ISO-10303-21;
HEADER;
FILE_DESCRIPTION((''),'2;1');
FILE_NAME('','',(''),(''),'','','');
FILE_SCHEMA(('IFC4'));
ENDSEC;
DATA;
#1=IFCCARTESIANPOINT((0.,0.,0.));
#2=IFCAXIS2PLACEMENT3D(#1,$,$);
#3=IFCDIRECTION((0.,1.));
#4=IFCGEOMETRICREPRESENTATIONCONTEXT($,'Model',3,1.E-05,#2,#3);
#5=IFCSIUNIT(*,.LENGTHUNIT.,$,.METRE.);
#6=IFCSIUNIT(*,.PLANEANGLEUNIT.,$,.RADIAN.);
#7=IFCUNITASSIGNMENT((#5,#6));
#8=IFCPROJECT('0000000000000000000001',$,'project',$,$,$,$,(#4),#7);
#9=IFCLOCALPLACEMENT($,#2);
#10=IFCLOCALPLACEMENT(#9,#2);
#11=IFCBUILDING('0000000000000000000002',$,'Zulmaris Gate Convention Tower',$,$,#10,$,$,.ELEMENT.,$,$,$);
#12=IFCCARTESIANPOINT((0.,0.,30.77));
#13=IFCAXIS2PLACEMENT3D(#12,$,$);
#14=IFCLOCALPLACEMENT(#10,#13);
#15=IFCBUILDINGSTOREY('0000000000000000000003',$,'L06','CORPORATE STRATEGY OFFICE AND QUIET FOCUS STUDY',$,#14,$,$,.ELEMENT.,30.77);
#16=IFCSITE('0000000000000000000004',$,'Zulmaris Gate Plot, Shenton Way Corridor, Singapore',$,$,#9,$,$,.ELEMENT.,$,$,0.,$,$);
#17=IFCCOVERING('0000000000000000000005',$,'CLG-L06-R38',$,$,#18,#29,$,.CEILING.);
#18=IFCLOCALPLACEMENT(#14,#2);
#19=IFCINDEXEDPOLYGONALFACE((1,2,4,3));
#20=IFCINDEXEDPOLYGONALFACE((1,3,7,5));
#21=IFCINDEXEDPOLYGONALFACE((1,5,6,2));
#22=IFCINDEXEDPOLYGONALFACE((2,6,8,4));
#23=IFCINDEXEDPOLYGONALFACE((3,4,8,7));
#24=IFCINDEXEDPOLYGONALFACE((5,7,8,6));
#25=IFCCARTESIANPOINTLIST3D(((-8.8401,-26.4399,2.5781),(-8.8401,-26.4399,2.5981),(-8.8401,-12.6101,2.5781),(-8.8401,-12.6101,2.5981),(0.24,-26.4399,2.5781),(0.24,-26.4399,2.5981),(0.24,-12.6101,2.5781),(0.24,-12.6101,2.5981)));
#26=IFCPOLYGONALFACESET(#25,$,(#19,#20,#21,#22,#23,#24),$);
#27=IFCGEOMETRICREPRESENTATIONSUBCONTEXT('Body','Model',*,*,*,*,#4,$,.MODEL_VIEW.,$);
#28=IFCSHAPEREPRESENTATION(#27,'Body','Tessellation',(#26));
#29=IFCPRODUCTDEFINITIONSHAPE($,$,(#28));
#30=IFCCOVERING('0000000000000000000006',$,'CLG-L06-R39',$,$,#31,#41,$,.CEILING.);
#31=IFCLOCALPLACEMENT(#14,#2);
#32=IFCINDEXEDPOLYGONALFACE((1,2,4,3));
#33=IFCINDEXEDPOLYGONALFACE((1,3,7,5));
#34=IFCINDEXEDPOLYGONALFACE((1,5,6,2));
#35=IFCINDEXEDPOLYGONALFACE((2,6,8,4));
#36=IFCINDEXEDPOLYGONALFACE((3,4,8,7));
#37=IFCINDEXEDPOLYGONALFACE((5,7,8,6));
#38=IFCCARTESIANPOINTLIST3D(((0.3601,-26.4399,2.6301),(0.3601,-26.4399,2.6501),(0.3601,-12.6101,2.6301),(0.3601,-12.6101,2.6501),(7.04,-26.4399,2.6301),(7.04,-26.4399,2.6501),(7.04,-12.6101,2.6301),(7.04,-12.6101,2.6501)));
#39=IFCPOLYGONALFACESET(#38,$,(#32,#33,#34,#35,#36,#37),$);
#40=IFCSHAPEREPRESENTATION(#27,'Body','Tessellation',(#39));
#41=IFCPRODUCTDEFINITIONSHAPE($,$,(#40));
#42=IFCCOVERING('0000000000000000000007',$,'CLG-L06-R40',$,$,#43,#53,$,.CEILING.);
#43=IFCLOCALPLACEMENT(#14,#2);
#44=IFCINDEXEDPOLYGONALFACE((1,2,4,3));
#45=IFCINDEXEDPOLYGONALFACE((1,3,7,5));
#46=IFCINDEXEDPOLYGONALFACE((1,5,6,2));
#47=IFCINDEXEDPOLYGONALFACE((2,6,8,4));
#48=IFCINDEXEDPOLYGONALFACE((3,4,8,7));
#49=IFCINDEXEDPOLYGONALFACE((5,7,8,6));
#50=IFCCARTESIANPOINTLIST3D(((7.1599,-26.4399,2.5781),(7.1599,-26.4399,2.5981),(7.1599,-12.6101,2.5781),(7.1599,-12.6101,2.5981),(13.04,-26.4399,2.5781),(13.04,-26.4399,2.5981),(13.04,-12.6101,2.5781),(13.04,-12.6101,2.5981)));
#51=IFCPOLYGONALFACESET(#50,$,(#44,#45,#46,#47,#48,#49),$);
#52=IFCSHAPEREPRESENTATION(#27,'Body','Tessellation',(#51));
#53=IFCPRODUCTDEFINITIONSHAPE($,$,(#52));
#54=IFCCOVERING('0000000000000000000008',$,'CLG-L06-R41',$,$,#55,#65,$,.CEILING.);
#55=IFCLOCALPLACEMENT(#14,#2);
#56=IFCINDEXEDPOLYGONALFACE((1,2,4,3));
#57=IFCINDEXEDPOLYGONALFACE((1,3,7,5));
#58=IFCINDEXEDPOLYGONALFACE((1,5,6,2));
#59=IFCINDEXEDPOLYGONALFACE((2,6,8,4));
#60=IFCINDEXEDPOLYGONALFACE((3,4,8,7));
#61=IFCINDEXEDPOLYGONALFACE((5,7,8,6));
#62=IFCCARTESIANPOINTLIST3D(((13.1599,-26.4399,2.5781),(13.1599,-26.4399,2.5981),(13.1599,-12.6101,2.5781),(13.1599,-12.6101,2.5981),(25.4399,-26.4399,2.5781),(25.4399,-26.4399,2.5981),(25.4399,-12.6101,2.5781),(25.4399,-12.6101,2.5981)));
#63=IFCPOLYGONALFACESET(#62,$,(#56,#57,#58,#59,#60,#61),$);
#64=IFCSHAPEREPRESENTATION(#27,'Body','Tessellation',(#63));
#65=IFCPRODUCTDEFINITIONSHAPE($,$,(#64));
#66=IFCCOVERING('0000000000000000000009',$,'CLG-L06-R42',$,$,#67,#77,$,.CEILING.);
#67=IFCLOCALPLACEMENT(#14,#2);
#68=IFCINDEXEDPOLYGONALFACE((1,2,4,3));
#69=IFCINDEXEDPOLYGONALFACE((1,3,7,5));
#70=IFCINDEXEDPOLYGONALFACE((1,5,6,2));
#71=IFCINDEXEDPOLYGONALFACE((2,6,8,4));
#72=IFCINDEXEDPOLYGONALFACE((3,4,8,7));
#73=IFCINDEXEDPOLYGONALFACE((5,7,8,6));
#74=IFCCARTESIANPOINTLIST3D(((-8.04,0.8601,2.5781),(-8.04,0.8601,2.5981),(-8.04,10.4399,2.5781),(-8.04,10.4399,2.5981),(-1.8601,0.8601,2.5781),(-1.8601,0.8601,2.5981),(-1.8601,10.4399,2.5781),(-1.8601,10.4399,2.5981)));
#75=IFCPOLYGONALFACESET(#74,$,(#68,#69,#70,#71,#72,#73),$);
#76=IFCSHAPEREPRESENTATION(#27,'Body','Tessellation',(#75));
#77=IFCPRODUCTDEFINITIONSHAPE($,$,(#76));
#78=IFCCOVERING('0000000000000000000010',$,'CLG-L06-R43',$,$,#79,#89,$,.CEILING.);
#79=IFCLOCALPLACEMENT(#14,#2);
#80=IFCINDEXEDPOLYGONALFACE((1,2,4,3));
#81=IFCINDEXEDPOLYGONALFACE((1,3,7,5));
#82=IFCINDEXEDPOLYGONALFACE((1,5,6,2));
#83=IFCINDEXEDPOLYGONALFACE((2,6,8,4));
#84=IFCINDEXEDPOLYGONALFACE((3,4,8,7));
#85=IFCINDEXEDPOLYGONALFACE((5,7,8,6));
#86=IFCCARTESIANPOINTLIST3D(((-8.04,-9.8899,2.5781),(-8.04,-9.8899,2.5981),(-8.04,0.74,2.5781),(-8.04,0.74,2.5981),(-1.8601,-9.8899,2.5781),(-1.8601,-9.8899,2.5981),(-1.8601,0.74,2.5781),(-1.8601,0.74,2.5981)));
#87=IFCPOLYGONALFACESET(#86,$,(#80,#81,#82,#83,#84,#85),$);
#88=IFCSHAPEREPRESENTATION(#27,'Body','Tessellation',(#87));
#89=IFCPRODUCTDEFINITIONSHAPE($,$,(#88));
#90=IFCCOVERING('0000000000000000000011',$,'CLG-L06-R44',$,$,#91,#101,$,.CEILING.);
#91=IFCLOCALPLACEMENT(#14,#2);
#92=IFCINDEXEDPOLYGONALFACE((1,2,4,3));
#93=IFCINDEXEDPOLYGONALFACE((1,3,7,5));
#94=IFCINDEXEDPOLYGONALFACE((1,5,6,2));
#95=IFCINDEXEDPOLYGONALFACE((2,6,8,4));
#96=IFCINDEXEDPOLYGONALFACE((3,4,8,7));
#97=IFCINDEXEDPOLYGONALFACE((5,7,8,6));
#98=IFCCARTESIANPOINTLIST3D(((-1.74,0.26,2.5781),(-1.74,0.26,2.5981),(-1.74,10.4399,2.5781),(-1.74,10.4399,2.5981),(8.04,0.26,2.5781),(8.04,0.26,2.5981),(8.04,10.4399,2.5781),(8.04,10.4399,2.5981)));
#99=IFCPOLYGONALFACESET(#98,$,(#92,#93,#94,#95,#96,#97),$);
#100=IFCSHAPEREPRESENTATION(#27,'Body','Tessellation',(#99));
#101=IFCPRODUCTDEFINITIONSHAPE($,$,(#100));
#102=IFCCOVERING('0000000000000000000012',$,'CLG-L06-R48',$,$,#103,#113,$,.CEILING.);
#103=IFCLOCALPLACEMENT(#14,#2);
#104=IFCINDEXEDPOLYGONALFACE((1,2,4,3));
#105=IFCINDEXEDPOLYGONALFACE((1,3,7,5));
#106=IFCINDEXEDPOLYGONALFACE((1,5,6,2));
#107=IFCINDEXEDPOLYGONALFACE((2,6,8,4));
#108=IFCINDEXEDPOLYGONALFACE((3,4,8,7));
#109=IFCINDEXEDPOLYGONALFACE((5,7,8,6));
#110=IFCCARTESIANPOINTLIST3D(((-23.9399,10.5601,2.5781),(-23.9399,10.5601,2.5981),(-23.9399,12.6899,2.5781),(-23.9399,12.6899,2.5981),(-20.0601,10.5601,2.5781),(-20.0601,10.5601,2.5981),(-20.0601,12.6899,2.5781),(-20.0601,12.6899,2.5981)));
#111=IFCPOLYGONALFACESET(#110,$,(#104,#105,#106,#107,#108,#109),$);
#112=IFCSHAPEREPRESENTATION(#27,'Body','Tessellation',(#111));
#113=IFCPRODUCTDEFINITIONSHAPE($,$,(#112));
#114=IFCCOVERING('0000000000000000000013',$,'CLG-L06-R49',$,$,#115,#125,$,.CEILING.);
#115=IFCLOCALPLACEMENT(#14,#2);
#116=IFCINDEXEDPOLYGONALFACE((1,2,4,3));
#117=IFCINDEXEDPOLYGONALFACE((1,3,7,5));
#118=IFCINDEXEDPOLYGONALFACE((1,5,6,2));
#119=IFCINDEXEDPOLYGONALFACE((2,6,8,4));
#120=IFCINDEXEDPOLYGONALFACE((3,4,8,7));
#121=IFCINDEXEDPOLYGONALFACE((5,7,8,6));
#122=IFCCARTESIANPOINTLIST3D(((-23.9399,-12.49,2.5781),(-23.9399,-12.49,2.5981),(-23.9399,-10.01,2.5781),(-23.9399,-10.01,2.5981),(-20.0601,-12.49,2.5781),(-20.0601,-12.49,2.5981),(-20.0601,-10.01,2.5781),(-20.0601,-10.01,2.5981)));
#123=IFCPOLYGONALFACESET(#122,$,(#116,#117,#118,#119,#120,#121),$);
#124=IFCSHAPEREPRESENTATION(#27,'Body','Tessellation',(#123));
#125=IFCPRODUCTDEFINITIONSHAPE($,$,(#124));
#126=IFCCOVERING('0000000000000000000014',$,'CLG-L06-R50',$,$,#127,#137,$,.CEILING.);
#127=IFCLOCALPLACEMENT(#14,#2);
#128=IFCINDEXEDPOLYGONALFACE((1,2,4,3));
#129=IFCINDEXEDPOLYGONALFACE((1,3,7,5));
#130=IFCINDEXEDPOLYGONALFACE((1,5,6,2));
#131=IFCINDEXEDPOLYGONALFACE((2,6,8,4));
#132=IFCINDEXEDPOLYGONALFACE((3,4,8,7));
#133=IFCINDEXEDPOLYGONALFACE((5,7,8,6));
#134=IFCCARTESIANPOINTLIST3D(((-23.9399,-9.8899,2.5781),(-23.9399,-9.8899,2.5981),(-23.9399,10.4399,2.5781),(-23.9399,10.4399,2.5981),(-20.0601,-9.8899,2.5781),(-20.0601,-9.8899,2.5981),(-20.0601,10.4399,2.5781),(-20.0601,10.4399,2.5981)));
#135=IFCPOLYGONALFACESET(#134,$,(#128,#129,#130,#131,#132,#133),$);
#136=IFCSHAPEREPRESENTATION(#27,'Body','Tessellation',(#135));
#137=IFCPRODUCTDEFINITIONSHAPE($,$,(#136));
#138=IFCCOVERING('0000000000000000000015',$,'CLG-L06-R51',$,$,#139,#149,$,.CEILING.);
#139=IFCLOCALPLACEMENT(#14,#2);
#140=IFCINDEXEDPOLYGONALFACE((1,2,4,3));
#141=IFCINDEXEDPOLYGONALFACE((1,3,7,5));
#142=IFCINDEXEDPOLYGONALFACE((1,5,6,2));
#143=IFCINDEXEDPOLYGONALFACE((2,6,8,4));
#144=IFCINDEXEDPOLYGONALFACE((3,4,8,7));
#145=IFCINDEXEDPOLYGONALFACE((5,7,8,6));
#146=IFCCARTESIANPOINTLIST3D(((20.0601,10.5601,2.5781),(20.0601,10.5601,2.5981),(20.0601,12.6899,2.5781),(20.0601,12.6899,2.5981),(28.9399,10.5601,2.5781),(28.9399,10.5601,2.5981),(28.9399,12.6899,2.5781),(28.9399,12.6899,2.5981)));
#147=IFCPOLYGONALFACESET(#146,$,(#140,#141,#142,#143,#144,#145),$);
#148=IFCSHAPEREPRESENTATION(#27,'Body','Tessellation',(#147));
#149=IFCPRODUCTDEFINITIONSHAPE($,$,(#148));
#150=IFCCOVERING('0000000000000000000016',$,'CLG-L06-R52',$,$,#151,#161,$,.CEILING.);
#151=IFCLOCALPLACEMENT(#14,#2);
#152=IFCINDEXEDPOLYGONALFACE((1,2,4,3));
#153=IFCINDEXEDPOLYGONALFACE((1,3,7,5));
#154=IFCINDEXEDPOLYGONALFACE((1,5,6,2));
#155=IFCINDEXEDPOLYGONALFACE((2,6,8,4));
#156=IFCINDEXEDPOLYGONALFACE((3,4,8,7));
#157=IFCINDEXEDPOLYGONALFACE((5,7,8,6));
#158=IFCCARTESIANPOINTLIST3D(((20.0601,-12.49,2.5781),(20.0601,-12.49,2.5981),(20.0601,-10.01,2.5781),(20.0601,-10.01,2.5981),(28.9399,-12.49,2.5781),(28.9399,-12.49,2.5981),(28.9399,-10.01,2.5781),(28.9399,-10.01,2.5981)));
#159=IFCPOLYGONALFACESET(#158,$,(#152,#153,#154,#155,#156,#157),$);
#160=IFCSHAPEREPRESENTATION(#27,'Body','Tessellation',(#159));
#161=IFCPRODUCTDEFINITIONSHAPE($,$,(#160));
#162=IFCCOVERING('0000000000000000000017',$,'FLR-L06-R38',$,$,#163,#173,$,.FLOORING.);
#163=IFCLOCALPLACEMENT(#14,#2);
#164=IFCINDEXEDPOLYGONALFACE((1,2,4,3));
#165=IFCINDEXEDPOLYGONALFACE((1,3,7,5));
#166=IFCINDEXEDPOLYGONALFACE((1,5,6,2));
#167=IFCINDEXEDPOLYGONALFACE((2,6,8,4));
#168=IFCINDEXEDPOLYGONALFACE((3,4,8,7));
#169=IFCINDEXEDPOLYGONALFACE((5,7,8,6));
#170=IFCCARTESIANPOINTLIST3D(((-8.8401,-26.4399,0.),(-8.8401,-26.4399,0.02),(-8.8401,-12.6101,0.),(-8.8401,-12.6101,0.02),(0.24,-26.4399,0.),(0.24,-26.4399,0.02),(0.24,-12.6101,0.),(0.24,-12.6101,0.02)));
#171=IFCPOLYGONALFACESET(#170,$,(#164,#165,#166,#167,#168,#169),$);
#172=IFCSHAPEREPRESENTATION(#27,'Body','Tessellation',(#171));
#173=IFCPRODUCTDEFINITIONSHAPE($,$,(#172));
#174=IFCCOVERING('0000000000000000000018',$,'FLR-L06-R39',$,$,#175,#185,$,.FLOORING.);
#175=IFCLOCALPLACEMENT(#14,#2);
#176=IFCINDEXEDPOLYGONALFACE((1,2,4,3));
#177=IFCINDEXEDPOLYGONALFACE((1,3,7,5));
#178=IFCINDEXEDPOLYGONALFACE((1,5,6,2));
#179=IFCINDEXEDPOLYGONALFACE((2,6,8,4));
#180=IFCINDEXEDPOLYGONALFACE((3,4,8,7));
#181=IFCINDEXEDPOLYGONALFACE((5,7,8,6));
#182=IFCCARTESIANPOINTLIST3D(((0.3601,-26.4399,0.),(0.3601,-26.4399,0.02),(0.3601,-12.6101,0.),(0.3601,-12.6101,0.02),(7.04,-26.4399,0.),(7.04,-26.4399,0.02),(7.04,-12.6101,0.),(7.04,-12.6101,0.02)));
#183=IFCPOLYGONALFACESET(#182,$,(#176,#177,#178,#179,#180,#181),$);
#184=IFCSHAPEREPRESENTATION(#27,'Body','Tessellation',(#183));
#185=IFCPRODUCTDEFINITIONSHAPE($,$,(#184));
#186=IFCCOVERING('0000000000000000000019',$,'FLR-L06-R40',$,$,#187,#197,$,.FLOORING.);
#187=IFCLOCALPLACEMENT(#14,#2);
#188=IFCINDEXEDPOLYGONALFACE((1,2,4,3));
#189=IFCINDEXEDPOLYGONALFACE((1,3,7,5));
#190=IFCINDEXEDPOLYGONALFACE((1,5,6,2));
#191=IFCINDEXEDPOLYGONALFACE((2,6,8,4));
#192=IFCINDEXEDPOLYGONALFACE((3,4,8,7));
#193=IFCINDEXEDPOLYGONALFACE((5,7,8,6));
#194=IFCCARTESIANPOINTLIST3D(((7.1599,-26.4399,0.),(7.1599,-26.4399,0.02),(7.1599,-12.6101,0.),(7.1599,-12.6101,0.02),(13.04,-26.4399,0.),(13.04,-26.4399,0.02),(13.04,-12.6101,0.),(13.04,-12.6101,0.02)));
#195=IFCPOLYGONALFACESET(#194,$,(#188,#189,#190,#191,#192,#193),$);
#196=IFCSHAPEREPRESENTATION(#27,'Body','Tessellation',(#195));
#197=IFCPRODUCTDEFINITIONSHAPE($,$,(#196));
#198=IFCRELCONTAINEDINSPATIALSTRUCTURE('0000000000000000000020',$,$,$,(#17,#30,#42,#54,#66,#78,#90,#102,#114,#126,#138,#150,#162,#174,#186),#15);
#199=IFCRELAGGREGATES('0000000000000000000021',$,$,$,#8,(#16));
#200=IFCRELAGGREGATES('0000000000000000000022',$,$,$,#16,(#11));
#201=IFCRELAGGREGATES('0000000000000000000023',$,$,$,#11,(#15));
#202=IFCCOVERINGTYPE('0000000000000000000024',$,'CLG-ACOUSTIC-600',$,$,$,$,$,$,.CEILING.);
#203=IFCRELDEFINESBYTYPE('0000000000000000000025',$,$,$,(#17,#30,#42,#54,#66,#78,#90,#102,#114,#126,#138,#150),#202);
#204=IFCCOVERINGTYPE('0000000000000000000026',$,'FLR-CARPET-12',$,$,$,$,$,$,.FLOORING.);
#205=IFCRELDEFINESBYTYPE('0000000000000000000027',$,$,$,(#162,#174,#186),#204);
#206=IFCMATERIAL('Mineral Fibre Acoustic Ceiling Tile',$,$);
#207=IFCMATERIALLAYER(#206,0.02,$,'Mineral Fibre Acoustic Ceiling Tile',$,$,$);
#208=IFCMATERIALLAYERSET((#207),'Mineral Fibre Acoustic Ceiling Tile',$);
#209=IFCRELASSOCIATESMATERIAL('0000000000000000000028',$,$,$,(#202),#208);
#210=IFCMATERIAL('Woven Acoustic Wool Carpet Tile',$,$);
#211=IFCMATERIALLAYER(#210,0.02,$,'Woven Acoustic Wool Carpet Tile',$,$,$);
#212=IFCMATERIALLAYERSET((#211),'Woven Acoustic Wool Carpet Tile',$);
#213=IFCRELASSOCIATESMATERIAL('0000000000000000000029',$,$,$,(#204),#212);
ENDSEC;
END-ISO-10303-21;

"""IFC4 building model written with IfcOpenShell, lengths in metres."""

from ifc_helpers import new_model, si_unit, direction, frame, origin, place, context, subcontext, project, spatial, polyline, outline, extrude, material, layer, layer_set, type_object, element, save


model = new_model("IFC4")

# Units and contexts
model_context = context("Model", 3, precision=1e-05, world=origin(), true_north=direction((0.0, 1.0)))
body_context = subcontext(model_context, "Body", "Model", "MODEL_VIEW")
ifc_project = project(units=[si_unit("LENGTHUNIT", "METRE"), si_unit("PLANEANGLEUNIT", "RADIAN")], contexts=[model_context])

# Site, building, storey
site_placement = place(None, origin())
site = spatial("IfcSite", under=ifc_project, at=site_placement, Name="Zulmaris Gate Plot, Shenton Way Corridor, Singapore", CompositionType="ELEMENT", RefElevation=0.0)
building_placement = place(site_placement, origin())
building = spatial("IfcBuilding", under=site, at=building_placement, Name="Zulmaris Gate Convention Tower", CompositionType="ELEMENT")
storey_placement = place(building_placement, frame((0.0, 0.0, 30.77)))
storey = spatial("IfcBuildingStorey", under=building, at=storey_placement, Name="L06", Description="CORPORATE STRATEGY OFFICE AND QUIET FOCUS STUDY", CompositionType="ELEMENT", Elevation=30.77)

# Coverings
ifc_material_1 = material(Name="Mineral Fibre Acoustic Ceiling Tile")
ifc_layer_1 = layer(ifc_material_1, 0.02, Name="Mineral Fibre Acoustic Ceiling Tile")
ifc_layer_set_1 = layer_set([ifc_layer_1], Name="Mineral Fibre Acoustic Ceiling Tile")
covering_type_1 = type_object("IfcCoveringType", Name="CLG-ACOUSTIC-600", PredefinedType="CEILING", material=ifc_layer_set_1)
covering_1_placement = place(storey_placement, frame((0.0, 0.0, 2.5781)))
element("IfcCovering", 1, at=covering_1_placement, inside=storey, type_object=covering_type_1, Name="CLG-L06-R38", PredefinedType="CEILING", context=body_context, shape_type="SweptSolid", body=[
    extrude(outline(polyline([(-8.8401, -26.4399), (0.24, -26.4399), (0.24, -12.6101), (-8.8401, -12.6101), (-8.8401, -26.4399)])), origin(), (0.0, 0.0, 1.0), 0.02),
])
covering_2_placement = place(storey_placement, frame((0.0, 0.0, 2.6301)))
element("IfcCovering", 2, at=covering_2_placement, inside=storey, type_object=covering_type_1, Name="CLG-L06-R39", PredefinedType="CEILING", context=body_context, shape_type="SweptSolid", body=[
    extrude(outline(polyline([(0.3601, -26.4399), (7.04, -26.4399), (7.04, -12.6101), (0.3601, -12.6101), (0.3601, -26.4399)])), origin(), (0.0, 0.0, 1.0), 0.02),
])
covering_3_placement = place(storey_placement, frame((0.0, 0.0, 2.5781)))
element("IfcCovering", 3, at=covering_3_placement, inside=storey, type_object=covering_type_1, Name="CLG-L06-R40", PredefinedType="CEILING", context=body_context, shape_type="SweptSolid", body=[
    extrude(outline(polyline([(7.1599, -26.4399), (13.04, -26.4399), (13.04, -12.6101), (7.1599, -12.6101), (7.1599, -26.4399)])), origin(), (0.0, 0.0, 1.0), 0.02),
])
covering_4_placement = place(storey_placement, frame((0.0, 0.0, 2.5781)))
element("IfcCovering", 4, at=covering_4_placement, inside=storey, type_object=covering_type_1, Name="CLG-L06-R41", PredefinedType="CEILING", context=body_context, shape_type="SweptSolid", body=[
    extrude(outline(polyline([(13.1599, -26.4399), (25.4399, -26.4399), (25.4399, -12.6101), (13.1599, -12.6101), (13.1599, -26.4399)])), origin(), (0.0, 0.0, 1.0), 0.02),
])
covering_5_placement = place(storey_placement, frame((0.0, 0.0, 2.5781)))
element("IfcCovering", 5, at=covering_5_placement, inside=storey, type_object=covering_type_1, Name="CLG-L06-R42", PredefinedType="CEILING", context=body_context, shape_type="SweptSolid", body=[
    extrude(outline(polyline([(-8.04, 0.8601), (-1.8601, 0.8601), (-1.8601, 10.4399), (-8.04, 10.4399), (-8.04, 0.8601)])), origin(), (0.0, 0.0, 1.0), 0.02),
])
covering_6_placement = place(storey_placement, frame((0.0, 0.0, 2.5781)))
element("IfcCovering", 6, at=covering_6_placement, inside=storey, type_object=covering_type_1, Name="CLG-L06-R43", PredefinedType="CEILING", context=body_context, shape_type="SweptSolid", body=[
    extrude(outline(polyline([(-8.04, -9.8899), (-1.8601, -9.8899), (-1.8601, 0.74), (-8.04, 0.74), (-8.04, -9.8899)])), origin(), (0.0, 0.0, 1.0), 0.02),
])
covering_7_placement = place(storey_placement, frame((0.0, 0.0, 2.5781)))
element("IfcCovering", 7, at=covering_7_placement, inside=storey, type_object=covering_type_1, Name="CLG-L06-R44", PredefinedType="CEILING", context=body_context, shape_type="SweptSolid", body=[
    extrude(outline(polyline([(-1.74, 0.26), (8.04, 0.26), (8.04, 10.4399), (-1.74, 10.4399), (-1.74, 0.26)])), origin(), (0.0, 0.0, 1.0), 0.02),
])
covering_8_placement = place(storey_placement, frame((0.0, 0.0, 2.5781)))
element("IfcCovering", 8, at=covering_8_placement, inside=storey, type_object=covering_type_1, Name="CLG-L06-R48", PredefinedType="CEILING", context=body_context, shape_type="SweptSolid", body=[
    extrude(outline(polyline([(-23.9399, 10.5601), (-20.0601, 10.5601), (-20.0601, 12.6899), (-23.9399, 12.6899), (-23.9399, 10.5601)])), origin(), (0.0, 0.0, 1.0), 0.02),
])
covering_9_placement = place(storey_placement, frame((0.0, 0.0, 2.5781)))
element("IfcCovering", 9, at=covering_9_placement, inside=storey, type_object=covering_type_1, Name="CLG-L06-R49", PredefinedType="CEILING", context=body_context, shape_type="SweptSolid", body=[
    extrude(outline(polyline([(-23.9399, -12.49), (-20.0601, -12.49), (-20.0601, -10.01), (-23.9399, -10.01), (-23.9399, -12.49)])), origin(), (0.0, 0.0, 1.0), 0.02),
])
covering_10_placement = place(storey_placement, frame((0.0, 0.0, 2.5781)))
element("IfcCovering", 10, at=covering_10_placement, inside=storey, type_object=covering_type_1, Name="CLG-L06-R50", PredefinedType="CEILING", context=body_context, shape_type="SweptSolid", body=[
    extrude(outline(polyline([(-23.9399, -9.8899), (-20.0601, -9.8899), (-20.0601, 10.4399), (-23.9399, 10.4399), (-23.9399, -9.8899)])), origin(), (0.0, 0.0, 1.0), 0.02),
])
covering_11_placement = place(storey_placement, frame((0.0, 0.0, 2.5781)))
element("IfcCovering", 11, at=covering_11_placement, inside=storey, type_object=covering_type_1, Name="CLG-L06-R51", PredefinedType="CEILING", context=body_context, shape_type="SweptSolid", body=[
    extrude(outline(polyline([(20.0601, 10.5601), (28.9399, 10.5601), (28.9399, 12.6899), (20.0601, 12.6899), (20.0601, 10.5601)])), origin(), (0.0, 0.0, 1.0), 0.02),
])
covering_12_placement = place(storey_placement, frame((0.0, 0.0, 2.5781)))
element("IfcCovering", 12, at=covering_12_placement, inside=storey, type_object=covering_type_1, Name="CLG-L06-R52", PredefinedType="CEILING", context=body_context, shape_type="SweptSolid", body=[
    extrude(outline(polyline([(20.0601, -12.49), (28.9399, -12.49), (28.9399, -10.01), (20.0601, -10.01), (20.0601, -12.49)])), origin(), (0.0, 0.0, 1.0), 0.02),
])
ifc_material_2 = material(Name="Woven Acoustic Wool Carpet Tile")
ifc_layer_2 = layer(ifc_material_2, 0.02, Name="Woven Acoustic Wool Carpet Tile")
ifc_layer_set_2 = layer_set([ifc_layer_2], Name="Woven Acoustic Wool Carpet Tile")
covering_type_2 = type_object("IfcCoveringType", Name="FLR-CARPET-12", PredefinedType="FLOORING", material=ifc_layer_set_2)
covering_13_placement = place(storey_placement, origin())
element("IfcCovering", 13, at=covering_13_placement, inside=storey, type_object=covering_type_2, Name="FLR-L06-R38", PredefinedType="FLOORING", context=body_context, shape_type="SweptSolid", body=[
    extrude(outline(polyline([(-8.8401, -26.4399), (0.24, -26.4399), (0.24, -12.6101), (-8.8401, -12.6101), (-8.8401, -26.4399)])), origin(), (0.0, 0.0, 1.0), 0.02),
])
covering_14_placement = place(storey_placement, origin())
element("IfcCovering", 14, at=covering_14_placement, inside=storey, type_object=covering_type_2, Name="FLR-L06-R39", PredefinedType="FLOORING", context=body_context, shape_type="SweptSolid", body=[
    extrude(outline(polyline([(0.3601, -26.4399), (7.04, -26.4399), (7.04, -12.6101), (0.3601, -12.6101), (0.3601, -26.4399)])), origin(), (0.0, 0.0, 1.0), 0.02),
])
covering_15_placement = place(storey_placement, origin())
element("IfcCovering", 15, at=covering_15_placement, inside=storey, type_object=covering_type_2, Name="FLR-L06-R40", PredefinedType="FLOORING", context=body_context, shape_type="SweptSolid", body=[
    extrude(outline(polyline([(7.1599, -26.4399), (13.04, -26.4399), (13.04, -12.6101), (7.1599, -12.6101), (7.1599, -26.4399)])), origin(), (0.0, 0.0, 1.0), 0.02),
])

save(model, "model.ifc")
